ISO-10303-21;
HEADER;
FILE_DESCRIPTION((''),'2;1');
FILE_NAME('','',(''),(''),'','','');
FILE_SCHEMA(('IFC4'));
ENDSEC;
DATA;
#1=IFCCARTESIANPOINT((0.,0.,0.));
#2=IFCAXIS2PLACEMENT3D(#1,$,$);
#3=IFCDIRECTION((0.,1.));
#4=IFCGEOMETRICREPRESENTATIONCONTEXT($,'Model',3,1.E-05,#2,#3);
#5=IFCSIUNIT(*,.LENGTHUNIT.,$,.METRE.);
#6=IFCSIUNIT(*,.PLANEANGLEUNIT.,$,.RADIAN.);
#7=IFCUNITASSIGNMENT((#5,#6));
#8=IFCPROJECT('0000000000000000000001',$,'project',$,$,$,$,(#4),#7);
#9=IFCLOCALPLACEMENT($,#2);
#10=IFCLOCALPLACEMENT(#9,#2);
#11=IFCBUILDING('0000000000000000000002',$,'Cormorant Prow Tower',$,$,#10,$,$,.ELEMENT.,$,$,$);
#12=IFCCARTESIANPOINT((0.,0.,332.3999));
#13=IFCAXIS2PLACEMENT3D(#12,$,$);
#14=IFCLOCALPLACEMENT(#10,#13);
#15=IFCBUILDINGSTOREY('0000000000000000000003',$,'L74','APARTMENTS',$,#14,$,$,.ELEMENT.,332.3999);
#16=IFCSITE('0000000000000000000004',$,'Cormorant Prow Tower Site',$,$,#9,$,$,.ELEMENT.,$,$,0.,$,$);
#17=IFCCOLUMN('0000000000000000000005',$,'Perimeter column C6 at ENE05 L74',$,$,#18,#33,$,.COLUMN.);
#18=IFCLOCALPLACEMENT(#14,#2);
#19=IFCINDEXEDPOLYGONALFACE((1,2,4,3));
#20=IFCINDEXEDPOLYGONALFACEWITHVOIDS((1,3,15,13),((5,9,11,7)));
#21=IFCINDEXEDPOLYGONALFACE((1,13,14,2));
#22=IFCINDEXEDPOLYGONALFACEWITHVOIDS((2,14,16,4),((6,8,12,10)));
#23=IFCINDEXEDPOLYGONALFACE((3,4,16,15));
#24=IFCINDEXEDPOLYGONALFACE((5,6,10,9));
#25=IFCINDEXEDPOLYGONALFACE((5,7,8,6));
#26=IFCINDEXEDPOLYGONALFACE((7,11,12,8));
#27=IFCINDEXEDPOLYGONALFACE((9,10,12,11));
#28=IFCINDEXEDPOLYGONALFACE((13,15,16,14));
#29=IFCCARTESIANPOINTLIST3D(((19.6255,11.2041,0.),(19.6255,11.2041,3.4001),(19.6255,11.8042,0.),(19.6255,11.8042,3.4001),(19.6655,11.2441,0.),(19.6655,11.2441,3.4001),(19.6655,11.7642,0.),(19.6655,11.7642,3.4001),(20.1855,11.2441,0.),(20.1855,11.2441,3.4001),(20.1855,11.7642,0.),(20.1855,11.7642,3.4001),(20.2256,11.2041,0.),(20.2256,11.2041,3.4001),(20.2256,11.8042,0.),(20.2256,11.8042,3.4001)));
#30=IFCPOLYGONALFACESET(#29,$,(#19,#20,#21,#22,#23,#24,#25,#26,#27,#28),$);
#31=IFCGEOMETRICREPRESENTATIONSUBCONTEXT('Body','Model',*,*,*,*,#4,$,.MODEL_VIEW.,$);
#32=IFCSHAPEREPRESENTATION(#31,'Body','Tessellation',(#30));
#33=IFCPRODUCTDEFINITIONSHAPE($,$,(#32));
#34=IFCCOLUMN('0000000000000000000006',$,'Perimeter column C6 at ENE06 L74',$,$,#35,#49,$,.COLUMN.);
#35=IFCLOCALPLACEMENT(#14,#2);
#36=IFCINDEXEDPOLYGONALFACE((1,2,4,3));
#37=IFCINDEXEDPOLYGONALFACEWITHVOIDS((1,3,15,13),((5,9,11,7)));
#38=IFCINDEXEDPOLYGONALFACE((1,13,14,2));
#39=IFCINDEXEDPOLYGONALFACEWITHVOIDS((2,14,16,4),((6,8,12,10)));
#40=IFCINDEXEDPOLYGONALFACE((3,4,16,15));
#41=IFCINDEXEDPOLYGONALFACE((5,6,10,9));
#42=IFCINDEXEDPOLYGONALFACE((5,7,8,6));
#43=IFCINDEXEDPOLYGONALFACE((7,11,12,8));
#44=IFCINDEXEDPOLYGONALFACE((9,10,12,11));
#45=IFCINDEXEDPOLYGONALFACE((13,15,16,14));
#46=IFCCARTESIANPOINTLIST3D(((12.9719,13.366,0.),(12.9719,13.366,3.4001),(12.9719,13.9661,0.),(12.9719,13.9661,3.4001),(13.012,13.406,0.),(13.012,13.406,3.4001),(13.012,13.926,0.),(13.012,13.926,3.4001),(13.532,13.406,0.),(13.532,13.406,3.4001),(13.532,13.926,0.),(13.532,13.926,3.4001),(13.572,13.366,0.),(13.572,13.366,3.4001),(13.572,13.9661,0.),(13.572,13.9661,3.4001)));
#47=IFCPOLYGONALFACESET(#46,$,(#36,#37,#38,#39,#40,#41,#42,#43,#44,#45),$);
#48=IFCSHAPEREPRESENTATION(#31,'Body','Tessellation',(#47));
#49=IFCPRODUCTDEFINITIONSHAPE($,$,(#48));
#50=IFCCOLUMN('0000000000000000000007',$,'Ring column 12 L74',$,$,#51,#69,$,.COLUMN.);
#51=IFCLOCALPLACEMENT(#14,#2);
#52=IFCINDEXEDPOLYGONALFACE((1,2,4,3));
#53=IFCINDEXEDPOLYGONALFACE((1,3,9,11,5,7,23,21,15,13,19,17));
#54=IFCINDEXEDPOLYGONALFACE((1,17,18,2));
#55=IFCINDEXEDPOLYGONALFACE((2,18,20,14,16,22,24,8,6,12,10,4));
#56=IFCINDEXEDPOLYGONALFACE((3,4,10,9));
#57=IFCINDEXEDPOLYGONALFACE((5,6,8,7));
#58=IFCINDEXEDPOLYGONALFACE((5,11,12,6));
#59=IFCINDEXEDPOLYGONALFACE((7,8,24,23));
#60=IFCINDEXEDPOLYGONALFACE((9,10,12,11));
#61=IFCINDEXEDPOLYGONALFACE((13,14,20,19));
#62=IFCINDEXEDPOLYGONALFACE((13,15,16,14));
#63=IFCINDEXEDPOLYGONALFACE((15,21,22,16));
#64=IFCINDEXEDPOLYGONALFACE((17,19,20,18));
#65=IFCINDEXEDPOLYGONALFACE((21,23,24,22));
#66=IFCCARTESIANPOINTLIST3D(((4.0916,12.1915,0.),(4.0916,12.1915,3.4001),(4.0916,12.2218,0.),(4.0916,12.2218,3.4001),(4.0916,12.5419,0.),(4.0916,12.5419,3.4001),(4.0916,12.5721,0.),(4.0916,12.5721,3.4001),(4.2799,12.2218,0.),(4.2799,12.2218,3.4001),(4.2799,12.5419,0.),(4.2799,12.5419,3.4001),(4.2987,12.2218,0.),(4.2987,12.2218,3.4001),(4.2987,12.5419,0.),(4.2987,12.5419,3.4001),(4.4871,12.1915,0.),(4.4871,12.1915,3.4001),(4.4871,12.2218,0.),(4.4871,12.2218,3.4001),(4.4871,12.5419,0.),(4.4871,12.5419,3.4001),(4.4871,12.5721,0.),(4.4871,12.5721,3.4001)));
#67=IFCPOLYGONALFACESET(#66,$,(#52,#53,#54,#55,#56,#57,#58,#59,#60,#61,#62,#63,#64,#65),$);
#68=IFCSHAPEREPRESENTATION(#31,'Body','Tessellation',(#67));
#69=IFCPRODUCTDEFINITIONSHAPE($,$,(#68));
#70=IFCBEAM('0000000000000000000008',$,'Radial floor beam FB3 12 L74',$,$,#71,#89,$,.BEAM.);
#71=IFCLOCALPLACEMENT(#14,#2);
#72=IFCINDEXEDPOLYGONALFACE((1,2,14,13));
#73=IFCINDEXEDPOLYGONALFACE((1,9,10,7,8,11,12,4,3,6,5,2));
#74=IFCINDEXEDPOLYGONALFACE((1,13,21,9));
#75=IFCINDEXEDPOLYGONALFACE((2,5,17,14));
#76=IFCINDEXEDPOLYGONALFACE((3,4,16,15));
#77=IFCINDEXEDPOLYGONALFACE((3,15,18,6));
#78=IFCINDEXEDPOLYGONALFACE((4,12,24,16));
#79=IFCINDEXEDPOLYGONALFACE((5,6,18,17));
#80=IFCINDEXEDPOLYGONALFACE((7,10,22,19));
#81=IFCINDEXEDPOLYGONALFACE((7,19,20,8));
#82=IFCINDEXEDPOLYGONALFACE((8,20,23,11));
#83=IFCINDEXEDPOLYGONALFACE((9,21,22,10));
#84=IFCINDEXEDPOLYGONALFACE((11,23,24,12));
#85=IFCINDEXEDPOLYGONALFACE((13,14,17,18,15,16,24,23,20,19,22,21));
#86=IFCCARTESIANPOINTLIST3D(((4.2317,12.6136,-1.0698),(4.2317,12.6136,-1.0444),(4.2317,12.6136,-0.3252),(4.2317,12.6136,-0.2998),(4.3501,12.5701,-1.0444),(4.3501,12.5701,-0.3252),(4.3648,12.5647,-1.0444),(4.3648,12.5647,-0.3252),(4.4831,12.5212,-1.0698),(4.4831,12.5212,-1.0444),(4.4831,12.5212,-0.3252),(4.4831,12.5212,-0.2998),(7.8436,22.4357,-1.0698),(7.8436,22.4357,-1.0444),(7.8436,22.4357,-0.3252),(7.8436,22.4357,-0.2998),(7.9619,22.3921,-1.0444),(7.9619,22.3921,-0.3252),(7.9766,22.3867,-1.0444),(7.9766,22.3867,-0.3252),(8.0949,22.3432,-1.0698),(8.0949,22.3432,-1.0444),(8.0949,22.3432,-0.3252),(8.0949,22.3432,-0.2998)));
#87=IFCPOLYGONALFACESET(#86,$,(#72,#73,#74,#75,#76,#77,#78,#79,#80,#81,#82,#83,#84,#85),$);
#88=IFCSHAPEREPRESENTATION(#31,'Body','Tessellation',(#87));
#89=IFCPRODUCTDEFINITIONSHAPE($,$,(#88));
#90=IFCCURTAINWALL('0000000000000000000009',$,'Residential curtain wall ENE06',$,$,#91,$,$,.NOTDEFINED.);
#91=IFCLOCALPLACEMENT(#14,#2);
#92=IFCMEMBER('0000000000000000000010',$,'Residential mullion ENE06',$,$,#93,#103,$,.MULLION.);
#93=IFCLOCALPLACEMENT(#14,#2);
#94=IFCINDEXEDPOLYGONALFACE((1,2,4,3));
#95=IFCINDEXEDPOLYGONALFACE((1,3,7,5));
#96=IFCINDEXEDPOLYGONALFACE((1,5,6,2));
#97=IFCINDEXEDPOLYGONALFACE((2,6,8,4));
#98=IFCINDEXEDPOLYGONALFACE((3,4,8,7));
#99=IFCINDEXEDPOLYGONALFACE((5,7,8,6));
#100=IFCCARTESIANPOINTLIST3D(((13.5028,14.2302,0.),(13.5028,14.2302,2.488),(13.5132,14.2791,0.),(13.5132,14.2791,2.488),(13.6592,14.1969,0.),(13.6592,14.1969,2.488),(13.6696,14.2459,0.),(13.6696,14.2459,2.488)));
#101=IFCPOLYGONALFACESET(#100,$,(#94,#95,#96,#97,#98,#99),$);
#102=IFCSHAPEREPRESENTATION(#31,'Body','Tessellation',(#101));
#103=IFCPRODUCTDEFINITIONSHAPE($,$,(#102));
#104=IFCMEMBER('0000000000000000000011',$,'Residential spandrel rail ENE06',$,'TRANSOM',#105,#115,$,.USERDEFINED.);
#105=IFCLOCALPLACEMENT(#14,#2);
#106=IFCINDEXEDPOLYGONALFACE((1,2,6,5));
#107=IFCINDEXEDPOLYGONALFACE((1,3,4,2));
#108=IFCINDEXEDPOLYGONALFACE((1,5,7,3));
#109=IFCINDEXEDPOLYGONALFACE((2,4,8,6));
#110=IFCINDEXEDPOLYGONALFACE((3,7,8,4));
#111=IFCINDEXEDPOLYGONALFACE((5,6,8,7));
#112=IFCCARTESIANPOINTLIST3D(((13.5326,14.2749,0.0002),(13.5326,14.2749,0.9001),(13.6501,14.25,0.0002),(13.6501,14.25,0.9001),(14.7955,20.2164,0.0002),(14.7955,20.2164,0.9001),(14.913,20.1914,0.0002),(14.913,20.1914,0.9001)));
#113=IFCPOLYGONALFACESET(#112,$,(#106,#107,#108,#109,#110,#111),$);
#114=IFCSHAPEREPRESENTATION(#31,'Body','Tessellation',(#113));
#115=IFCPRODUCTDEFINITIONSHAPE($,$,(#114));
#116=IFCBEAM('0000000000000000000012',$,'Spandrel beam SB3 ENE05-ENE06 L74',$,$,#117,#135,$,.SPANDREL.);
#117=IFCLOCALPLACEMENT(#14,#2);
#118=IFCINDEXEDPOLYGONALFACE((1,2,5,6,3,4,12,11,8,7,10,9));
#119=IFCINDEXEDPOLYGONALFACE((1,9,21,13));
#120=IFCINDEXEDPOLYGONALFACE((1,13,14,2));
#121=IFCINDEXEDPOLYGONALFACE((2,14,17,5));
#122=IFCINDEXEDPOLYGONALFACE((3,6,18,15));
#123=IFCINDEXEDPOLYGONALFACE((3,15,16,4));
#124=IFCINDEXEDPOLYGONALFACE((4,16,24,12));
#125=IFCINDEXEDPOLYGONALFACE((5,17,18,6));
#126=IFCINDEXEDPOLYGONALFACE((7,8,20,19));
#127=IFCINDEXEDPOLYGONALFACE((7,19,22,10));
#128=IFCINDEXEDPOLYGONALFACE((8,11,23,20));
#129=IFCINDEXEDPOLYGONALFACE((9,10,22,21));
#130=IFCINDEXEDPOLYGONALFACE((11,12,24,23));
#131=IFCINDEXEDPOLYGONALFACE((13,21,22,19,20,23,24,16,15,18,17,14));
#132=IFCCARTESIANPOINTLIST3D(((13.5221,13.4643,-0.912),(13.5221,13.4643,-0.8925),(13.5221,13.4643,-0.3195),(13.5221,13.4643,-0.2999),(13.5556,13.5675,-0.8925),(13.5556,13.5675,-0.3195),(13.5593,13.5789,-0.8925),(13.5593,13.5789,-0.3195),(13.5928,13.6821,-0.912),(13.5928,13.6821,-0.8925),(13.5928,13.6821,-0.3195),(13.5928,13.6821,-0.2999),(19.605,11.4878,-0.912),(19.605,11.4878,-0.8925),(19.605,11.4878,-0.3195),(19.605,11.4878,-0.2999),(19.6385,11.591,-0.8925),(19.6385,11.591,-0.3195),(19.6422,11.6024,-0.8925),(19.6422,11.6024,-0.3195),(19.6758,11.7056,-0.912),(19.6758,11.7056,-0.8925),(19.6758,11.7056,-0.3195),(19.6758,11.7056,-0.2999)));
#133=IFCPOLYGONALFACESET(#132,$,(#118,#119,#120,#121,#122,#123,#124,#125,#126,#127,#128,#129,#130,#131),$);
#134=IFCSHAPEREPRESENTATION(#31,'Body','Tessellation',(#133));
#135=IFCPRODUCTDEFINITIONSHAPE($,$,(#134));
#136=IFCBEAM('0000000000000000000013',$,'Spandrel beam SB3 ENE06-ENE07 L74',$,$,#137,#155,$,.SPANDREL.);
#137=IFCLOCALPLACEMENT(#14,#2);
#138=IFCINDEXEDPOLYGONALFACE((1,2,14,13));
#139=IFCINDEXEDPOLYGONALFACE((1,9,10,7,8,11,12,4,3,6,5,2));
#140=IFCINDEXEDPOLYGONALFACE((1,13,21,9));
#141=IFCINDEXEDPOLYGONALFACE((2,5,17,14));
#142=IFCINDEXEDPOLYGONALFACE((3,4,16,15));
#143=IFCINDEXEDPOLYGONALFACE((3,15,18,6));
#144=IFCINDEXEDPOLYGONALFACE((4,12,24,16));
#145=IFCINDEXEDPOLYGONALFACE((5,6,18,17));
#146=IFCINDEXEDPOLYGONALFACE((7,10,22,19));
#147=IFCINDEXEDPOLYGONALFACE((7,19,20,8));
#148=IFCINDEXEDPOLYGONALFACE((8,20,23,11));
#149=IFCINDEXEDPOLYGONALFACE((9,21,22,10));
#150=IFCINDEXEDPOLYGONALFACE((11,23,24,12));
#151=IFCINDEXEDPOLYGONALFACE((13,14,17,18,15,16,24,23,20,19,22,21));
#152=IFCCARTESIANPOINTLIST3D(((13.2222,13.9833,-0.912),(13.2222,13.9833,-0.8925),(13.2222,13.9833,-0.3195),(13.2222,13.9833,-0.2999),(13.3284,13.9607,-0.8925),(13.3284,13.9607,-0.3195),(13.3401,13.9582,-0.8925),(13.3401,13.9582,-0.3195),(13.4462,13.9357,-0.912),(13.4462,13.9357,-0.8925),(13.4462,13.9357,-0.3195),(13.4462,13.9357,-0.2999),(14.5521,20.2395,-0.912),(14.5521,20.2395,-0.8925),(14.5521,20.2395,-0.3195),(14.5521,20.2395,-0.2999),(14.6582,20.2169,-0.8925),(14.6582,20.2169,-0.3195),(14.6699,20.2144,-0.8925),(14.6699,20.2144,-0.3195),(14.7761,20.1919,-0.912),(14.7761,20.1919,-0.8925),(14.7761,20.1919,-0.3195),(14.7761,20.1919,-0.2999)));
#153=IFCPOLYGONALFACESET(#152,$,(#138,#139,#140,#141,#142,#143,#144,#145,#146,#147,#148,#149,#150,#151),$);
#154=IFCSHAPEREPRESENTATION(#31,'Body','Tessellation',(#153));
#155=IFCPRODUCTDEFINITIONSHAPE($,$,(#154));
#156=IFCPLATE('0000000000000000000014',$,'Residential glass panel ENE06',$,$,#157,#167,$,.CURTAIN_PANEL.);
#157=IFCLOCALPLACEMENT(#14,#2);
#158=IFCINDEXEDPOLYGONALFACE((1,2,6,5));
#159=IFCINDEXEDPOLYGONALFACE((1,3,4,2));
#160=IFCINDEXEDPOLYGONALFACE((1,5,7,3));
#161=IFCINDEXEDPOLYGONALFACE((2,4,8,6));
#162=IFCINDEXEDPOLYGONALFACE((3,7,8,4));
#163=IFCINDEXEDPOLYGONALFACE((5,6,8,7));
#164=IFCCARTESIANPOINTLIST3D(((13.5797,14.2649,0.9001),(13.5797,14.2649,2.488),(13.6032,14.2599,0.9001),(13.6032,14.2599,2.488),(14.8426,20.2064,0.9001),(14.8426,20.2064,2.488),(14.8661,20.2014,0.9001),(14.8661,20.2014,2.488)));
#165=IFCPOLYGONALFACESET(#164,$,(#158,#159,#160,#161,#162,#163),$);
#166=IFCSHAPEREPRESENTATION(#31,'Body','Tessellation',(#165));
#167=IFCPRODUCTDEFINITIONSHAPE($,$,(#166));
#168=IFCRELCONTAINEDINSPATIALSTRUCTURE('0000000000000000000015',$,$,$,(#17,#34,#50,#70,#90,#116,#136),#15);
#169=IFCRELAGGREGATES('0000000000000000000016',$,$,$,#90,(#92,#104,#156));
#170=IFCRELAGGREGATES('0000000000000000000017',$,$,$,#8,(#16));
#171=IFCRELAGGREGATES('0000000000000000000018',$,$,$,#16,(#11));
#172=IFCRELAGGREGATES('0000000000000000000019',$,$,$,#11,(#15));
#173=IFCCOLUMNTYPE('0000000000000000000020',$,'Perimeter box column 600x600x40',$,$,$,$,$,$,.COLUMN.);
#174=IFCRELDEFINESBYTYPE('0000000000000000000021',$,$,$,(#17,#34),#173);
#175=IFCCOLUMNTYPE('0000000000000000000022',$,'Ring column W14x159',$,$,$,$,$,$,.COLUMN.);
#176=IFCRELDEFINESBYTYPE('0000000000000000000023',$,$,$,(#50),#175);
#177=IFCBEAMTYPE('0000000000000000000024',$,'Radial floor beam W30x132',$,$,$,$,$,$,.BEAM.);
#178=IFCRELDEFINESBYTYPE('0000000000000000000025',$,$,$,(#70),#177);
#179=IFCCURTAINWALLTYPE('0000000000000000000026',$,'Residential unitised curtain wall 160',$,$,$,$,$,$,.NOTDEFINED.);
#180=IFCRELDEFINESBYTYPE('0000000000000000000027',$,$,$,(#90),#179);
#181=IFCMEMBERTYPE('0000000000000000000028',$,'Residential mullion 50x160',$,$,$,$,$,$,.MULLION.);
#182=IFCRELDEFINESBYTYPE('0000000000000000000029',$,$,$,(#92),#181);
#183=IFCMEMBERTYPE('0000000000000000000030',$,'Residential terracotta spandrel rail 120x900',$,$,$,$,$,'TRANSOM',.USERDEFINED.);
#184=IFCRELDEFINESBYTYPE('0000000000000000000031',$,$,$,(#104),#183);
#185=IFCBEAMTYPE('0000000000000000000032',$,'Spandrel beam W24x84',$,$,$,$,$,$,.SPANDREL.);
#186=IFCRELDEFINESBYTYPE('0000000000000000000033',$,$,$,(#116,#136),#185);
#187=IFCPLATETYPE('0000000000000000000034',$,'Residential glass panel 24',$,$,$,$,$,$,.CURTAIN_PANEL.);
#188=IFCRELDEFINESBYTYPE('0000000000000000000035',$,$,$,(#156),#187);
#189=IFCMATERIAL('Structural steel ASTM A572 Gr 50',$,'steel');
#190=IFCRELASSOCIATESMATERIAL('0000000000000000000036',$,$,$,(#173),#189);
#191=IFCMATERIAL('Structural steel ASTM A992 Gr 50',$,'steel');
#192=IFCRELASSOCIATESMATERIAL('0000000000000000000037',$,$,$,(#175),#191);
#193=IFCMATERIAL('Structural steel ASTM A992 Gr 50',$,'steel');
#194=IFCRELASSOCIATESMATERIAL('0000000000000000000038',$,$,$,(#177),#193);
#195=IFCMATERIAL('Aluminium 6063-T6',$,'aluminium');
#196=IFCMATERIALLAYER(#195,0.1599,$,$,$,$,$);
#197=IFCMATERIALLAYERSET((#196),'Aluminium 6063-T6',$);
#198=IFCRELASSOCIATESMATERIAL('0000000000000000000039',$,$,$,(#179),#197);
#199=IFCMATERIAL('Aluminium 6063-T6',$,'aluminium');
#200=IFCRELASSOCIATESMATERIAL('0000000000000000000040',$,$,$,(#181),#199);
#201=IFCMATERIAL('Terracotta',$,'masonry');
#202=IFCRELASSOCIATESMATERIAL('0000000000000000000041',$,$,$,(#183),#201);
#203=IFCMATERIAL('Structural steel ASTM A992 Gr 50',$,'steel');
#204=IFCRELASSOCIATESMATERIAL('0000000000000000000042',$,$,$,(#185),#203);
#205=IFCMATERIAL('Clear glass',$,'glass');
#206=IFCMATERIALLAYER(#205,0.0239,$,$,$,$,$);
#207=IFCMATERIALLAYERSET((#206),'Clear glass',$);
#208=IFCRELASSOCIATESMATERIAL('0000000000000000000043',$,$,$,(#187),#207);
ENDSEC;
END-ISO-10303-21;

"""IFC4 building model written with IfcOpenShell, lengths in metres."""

from ifc_helpers import new_model, si_unit, direction, frame, origin, origin_2d, place, context, subcontext, project, spatial, rectangle, hollow_rectangle, i_section, extrude, material, layer, layer_set, material_profile, profile_set, type_object, element, aggregate, save


model = new_model("IFC4")

# Units and contexts
model_context = context("Model", 3, precision=1e-05, world=origin(), true_north=direction((0.0, 1.0)))
body_context = subcontext(model_context, "Body", "Model", "MODEL_VIEW")
ifc_project = project(units=[si_unit("LENGTHUNIT", "METRE"), si_unit("PLANEANGLEUNIT", "RADIAN")], contexts=[model_context])

# Site, building, storey
site_placement = place(None, origin())
site = spatial("IfcSite", under=ifc_project, at=site_placement, Name="Cormorant Prow Tower Site", CompositionType="ELEMENT", RefElevation=0.0)
building_placement = place(site_placement, origin())
building = spatial("IfcBuilding", under=site, at=building_placement, Name="Cormorant Prow Tower", CompositionType="ELEMENT")
storey_placement = place(building_placement, frame((0.0, 0.0, 332.3999)))
storey = spatial("IfcBuildingStorey", under=building, at=storey_placement, Name="L74", Description="APARTMENTS", CompositionType="ELEMENT", Elevation=332.3999)

# Columns
ifc_material_1 = material(Name="Structural steel ASTM A572 Gr 50", Category="steel")
ifc_material_profile_1 = material_profile(ifc_material_1, hollow_rectangle(XDim=0.6001, YDim=0.6001, WallThickness=0.04, at=origin_2d()), Name="Box 600x600x40")
ifc_profile_set_1 = profile_set([ifc_material_profile_1], Name="Structural steel ASTM A572 Gr 50")
column_type_1 = type_object("IfcColumnType", Name="Perimeter box column 600x600x40", PredefinedType="COLUMN", material=ifc_profile_set_1)
for number, where, z_axis, x_axis, name in (
    (1, (19.9255, 11.5042, 0.0), (0.0, 0.0, 1.0), (1.0, 0.0, 0.0), "Perimeter column C6 at ENE05 L74"),
    (2, (13.272, 13.666, 0.0), (0.0, 0.0, 1.0), (1.0, 0.0, 0.0), "Perimeter column C6 at ENE06 L74"),
):
    element("IfcColumn", number, at=place(storey_placement, frame(where, z_axis=z_axis, x_axis=x_axis)), inside=storey, type_object=column_type_1, Name=name, PredefinedType="COLUMN", context=body_context, shape_type="SweptSolid", body=[
        extrude(hollow_rectangle(XDim=0.6001, YDim=0.6001, WallThickness=0.04, at=origin_2d()), origin(), (0.0, 0.0, 1.0), 3.4001),
    ])
ifc_material_2 = material(Name="Structural steel ASTM A992 Gr 50", Category="steel")
ifc_material_profile_2 = material_profile(ifc_material_2, i_section(OverallWidth=0.3955, OverallDepth=0.3806, WebThickness=0.0188, FlangeThickness=0.0303, at=origin_2d()), Name="W14x159")
ifc_profile_set_2 = profile_set([ifc_material_profile_2], Name="Structural steel ASTM A992 Gr 50")
column_type_2 = type_object("IfcColumnType", Name="Ring column W14x159", PredefinedType="COLUMN", material=ifc_profile_set_2)
column_placement = place(storey_placement, frame((4.2893, 12.3818, 0.0), z_axis=(0.0, 0.0, 1.0), x_axis=(1.0, 0.0, 0.0)))
element("IfcColumn", 3, at=column_placement, inside=storey, type_object=column_type_2, Name="Ring column 12 L74", PredefinedType="COLUMN", context=body_context, shape_type="SweptSolid", body=[
    extrude(i_section(OverallWidth=0.3955, OverallDepth=0.3806, WebThickness=0.0188, FlangeThickness=0.0303, at=origin_2d()), origin(), (0.0, 0.0, 1.0), 3.4001),
])

# Beam
ifc_material_3 = material(Name="Structural steel ASTM A992 Gr 50", Category="steel")
ifc_material_profile_3 = material_profile(ifc_material_3, i_section(OverallWidth=0.2678, OverallDepth=0.77, WebThickness=0.0156, FlangeThickness=0.0254, at=origin_2d()), Name="W30x132")
ifc_profile_set_3 = profile_set([ifc_material_profile_3], Name="Structural steel ASTM A992 Gr 50")
beam_type_1 = type_object("IfcBeamType", Name="Radial floor beam W30x132", PredefinedType="BEAM", material=ifc_profile_set_3)
beam_placement = place(storey_placement, frame((4.3574, 12.5674, -0.6848), z_axis=(0.345131, 0.938554, 0.0), x_axis=(-0.938554, 0.345131, 0.0)))
element("IfcBeam", 4, at=beam_placement, inside=storey, type_object=beam_type_1, Name="Radial floor beam FB3 12 L74", PredefinedType="BEAM", context=body_context, shape_type="SweptSolid", body=[
    extrude(i_section(OverallWidth=0.2678, OverallDepth=0.77, WebThickness=0.0156, FlangeThickness=0.0254, at=origin_2d()), origin(), (0.0, 0.0, 1.0), 10.4651),
])

# Curtain wall, members
ifc_material_4 = material(Name="Aluminium 6063-T6", Category="aluminium")
ifc_layer_1 = layer(ifc_material_4, 0.1599)
ifc_layer_set_1 = layer_set([ifc_layer_1], Name="Aluminium 6063-T6")
curtain_wall_type = type_object("IfcCurtainWallType", Name="Residential unitised curtain wall 160", PredefinedType="NOTDEFINED", material=ifc_layer_set_1)
curtain_wall_placement = place(storey_placement, origin())
curtain_wall = element("IfcCurtainWall", 5, at=curtain_wall_placement, inside=storey, type_object=curtain_wall_type, Name="Residential curtain wall ENE06", PredefinedType="NOTDEFINED")
ifc_material_5 = material(Name="Aluminium 6063-T6", Category="aluminium")
ifc_material_profile_4 = material_profile(ifc_material_5, rectangle(XDim=0.1599, YDim=0.05, at=origin_2d()), Name="Residential mullion 50x160")
ifc_profile_set_4 = profile_set([ifc_material_profile_4], Name="Aluminium 6063-T6")
member_type_1 = type_object("IfcMemberType", Name="Residential mullion 50x160", PredefinedType="MULLION", material=ifc_profile_set_4)
member_1_placement = place(storey_placement, frame((13.5862, 14.238, 0.0), z_axis=(0.0, 0.0, 1.0), x_axis=(-0.978148, 0.207912, 0.0)))
member_1 = element("IfcMember", 6, at=member_1_placement, type_object=member_type_1, Name="Residential mullion ENE06", PredefinedType="MULLION", context=body_context, shape_type="SweptSolid", body=[
    extrude(rectangle(XDim=0.1599, YDim=0.05, at=origin_2d()), origin(), (0.0, 0.0, 1.0), 2.488),
])
ifc_material_6 = material(Name="Terracotta", Category="masonry")
ifc_material_profile_5 = material_profile(ifc_material_6, rectangle(XDim=0.1201, YDim=0.8999, at=origin_2d()), Name="Residential terracotta spandrel rail 120x900")
ifc_profile_set_5 = profile_set([ifc_material_profile_5], Name="Terracotta")
member_type_2 = type_object("IfcMemberType", Name="Residential terracotta spandrel rail 120x900", ElementType="TRANSOM", PredefinedType="USERDEFINED", material=ifc_profile_set_5)
member_2_placement = place(storey_placement, frame((13.5913, 14.2625, 0.4502), z_axis=(0.20792, 0.978146, 0.0), x_axis=(-0.978146, 0.20792, 0.0)))
member_2 = element("IfcMember", 7, at=member_2_placement, type_object=member_type_2, Name="Residential spandrel rail ENE06", ObjectType="TRANSOM", PredefinedType="USERDEFINED", context=body_context, shape_type="SweptSolid", body=[
    extrude(rectangle(XDim=0.1201, YDim=0.8999, at=origin_2d()), origin(), (0.0, 0.0, 1.0), 6.0742),
])

# Beams
ifc_material_7 = material(Name="Structural steel ASTM A992 Gr 50", Category="steel")
ifc_material_profile_6 = material_profile(ifc_material_7, i_section(OverallWidth=0.229, OverallDepth=0.6121, WebThickness=0.012, FlangeThickness=0.0195, at=origin_2d()), Name="W24x84")
ifc_profile_set_6 = profile_set([ifc_material_profile_6], Name="Structural steel ASTM A992 Gr 50")
beam_type_2 = type_object("IfcBeamType", Name="Spandrel beam W24x84", PredefinedType="SPANDREL", material=ifc_profile_set_6)
for number, where, z_axis, x_axis, name in (
    (8, (19.6404, 11.5967, -0.606), (-0.951053, 0.309027, 0.0), (-0.309027, -0.951053, 0.0), "Spandrel beam SB3 ENE05-ENE06 L74"),
    (9, (13.3342, 13.9595, -0.606), (0.20792, 0.978146, 0.0), (-0.978146, 0.20792, 0.0), "Spandrel beam SB3 ENE06-ENE07 L74"),
):
    element("IfcBeam", number, at=place(storey_placement, frame(where, z_axis=z_axis, x_axis=x_axis)), inside=storey, type_object=beam_type_2, Name=name, PredefinedType="SPANDREL", context=body_context, shape_type="SweptSolid", body=[
        extrude(i_section(OverallWidth=0.229, OverallDepth=0.6121, WebThickness=0.012, FlangeThickness=0.0195, at=origin_2d()), origin(), (0.0, 0.0, 1.0), 6.396),
    ])

# Plate
ifc_material_8 = material(Name="Clear glass", Category="glass")
ifc_layer_2 = layer(ifc_material_8, 0.0239)
ifc_layer_set_2 = layer_set([ifc_layer_2], Name="Clear glass")
plate_type = type_object("IfcPlateType", Name="Residential glass panel 24", PredefinedType="CURTAIN_PANEL", material=ifc_layer_set_2)
plate_placement = place(storey_placement, frame((14.2229, 17.2332, 0.9001), z_axis=(0.0, 0.0, 1.0), x_axis=(0.207912, 0.978148, 0.0)))
plate = element("IfcPlate", 10, at=plate_placement, type_object=plate_type, Name="Residential glass panel ENE06", PredefinedType="CURTAIN_PANEL", context=body_context, shape_type="SweptSolid", body=[
    extrude(rectangle(XDim=6.0742, YDim=0.0239, at=origin_2d()), origin(), (0.0, 0.0, 1.0), 1.5879),
])
aggregate(curtain_wall, [member_1, member_2, plate])

save(model, "model.ifc")
